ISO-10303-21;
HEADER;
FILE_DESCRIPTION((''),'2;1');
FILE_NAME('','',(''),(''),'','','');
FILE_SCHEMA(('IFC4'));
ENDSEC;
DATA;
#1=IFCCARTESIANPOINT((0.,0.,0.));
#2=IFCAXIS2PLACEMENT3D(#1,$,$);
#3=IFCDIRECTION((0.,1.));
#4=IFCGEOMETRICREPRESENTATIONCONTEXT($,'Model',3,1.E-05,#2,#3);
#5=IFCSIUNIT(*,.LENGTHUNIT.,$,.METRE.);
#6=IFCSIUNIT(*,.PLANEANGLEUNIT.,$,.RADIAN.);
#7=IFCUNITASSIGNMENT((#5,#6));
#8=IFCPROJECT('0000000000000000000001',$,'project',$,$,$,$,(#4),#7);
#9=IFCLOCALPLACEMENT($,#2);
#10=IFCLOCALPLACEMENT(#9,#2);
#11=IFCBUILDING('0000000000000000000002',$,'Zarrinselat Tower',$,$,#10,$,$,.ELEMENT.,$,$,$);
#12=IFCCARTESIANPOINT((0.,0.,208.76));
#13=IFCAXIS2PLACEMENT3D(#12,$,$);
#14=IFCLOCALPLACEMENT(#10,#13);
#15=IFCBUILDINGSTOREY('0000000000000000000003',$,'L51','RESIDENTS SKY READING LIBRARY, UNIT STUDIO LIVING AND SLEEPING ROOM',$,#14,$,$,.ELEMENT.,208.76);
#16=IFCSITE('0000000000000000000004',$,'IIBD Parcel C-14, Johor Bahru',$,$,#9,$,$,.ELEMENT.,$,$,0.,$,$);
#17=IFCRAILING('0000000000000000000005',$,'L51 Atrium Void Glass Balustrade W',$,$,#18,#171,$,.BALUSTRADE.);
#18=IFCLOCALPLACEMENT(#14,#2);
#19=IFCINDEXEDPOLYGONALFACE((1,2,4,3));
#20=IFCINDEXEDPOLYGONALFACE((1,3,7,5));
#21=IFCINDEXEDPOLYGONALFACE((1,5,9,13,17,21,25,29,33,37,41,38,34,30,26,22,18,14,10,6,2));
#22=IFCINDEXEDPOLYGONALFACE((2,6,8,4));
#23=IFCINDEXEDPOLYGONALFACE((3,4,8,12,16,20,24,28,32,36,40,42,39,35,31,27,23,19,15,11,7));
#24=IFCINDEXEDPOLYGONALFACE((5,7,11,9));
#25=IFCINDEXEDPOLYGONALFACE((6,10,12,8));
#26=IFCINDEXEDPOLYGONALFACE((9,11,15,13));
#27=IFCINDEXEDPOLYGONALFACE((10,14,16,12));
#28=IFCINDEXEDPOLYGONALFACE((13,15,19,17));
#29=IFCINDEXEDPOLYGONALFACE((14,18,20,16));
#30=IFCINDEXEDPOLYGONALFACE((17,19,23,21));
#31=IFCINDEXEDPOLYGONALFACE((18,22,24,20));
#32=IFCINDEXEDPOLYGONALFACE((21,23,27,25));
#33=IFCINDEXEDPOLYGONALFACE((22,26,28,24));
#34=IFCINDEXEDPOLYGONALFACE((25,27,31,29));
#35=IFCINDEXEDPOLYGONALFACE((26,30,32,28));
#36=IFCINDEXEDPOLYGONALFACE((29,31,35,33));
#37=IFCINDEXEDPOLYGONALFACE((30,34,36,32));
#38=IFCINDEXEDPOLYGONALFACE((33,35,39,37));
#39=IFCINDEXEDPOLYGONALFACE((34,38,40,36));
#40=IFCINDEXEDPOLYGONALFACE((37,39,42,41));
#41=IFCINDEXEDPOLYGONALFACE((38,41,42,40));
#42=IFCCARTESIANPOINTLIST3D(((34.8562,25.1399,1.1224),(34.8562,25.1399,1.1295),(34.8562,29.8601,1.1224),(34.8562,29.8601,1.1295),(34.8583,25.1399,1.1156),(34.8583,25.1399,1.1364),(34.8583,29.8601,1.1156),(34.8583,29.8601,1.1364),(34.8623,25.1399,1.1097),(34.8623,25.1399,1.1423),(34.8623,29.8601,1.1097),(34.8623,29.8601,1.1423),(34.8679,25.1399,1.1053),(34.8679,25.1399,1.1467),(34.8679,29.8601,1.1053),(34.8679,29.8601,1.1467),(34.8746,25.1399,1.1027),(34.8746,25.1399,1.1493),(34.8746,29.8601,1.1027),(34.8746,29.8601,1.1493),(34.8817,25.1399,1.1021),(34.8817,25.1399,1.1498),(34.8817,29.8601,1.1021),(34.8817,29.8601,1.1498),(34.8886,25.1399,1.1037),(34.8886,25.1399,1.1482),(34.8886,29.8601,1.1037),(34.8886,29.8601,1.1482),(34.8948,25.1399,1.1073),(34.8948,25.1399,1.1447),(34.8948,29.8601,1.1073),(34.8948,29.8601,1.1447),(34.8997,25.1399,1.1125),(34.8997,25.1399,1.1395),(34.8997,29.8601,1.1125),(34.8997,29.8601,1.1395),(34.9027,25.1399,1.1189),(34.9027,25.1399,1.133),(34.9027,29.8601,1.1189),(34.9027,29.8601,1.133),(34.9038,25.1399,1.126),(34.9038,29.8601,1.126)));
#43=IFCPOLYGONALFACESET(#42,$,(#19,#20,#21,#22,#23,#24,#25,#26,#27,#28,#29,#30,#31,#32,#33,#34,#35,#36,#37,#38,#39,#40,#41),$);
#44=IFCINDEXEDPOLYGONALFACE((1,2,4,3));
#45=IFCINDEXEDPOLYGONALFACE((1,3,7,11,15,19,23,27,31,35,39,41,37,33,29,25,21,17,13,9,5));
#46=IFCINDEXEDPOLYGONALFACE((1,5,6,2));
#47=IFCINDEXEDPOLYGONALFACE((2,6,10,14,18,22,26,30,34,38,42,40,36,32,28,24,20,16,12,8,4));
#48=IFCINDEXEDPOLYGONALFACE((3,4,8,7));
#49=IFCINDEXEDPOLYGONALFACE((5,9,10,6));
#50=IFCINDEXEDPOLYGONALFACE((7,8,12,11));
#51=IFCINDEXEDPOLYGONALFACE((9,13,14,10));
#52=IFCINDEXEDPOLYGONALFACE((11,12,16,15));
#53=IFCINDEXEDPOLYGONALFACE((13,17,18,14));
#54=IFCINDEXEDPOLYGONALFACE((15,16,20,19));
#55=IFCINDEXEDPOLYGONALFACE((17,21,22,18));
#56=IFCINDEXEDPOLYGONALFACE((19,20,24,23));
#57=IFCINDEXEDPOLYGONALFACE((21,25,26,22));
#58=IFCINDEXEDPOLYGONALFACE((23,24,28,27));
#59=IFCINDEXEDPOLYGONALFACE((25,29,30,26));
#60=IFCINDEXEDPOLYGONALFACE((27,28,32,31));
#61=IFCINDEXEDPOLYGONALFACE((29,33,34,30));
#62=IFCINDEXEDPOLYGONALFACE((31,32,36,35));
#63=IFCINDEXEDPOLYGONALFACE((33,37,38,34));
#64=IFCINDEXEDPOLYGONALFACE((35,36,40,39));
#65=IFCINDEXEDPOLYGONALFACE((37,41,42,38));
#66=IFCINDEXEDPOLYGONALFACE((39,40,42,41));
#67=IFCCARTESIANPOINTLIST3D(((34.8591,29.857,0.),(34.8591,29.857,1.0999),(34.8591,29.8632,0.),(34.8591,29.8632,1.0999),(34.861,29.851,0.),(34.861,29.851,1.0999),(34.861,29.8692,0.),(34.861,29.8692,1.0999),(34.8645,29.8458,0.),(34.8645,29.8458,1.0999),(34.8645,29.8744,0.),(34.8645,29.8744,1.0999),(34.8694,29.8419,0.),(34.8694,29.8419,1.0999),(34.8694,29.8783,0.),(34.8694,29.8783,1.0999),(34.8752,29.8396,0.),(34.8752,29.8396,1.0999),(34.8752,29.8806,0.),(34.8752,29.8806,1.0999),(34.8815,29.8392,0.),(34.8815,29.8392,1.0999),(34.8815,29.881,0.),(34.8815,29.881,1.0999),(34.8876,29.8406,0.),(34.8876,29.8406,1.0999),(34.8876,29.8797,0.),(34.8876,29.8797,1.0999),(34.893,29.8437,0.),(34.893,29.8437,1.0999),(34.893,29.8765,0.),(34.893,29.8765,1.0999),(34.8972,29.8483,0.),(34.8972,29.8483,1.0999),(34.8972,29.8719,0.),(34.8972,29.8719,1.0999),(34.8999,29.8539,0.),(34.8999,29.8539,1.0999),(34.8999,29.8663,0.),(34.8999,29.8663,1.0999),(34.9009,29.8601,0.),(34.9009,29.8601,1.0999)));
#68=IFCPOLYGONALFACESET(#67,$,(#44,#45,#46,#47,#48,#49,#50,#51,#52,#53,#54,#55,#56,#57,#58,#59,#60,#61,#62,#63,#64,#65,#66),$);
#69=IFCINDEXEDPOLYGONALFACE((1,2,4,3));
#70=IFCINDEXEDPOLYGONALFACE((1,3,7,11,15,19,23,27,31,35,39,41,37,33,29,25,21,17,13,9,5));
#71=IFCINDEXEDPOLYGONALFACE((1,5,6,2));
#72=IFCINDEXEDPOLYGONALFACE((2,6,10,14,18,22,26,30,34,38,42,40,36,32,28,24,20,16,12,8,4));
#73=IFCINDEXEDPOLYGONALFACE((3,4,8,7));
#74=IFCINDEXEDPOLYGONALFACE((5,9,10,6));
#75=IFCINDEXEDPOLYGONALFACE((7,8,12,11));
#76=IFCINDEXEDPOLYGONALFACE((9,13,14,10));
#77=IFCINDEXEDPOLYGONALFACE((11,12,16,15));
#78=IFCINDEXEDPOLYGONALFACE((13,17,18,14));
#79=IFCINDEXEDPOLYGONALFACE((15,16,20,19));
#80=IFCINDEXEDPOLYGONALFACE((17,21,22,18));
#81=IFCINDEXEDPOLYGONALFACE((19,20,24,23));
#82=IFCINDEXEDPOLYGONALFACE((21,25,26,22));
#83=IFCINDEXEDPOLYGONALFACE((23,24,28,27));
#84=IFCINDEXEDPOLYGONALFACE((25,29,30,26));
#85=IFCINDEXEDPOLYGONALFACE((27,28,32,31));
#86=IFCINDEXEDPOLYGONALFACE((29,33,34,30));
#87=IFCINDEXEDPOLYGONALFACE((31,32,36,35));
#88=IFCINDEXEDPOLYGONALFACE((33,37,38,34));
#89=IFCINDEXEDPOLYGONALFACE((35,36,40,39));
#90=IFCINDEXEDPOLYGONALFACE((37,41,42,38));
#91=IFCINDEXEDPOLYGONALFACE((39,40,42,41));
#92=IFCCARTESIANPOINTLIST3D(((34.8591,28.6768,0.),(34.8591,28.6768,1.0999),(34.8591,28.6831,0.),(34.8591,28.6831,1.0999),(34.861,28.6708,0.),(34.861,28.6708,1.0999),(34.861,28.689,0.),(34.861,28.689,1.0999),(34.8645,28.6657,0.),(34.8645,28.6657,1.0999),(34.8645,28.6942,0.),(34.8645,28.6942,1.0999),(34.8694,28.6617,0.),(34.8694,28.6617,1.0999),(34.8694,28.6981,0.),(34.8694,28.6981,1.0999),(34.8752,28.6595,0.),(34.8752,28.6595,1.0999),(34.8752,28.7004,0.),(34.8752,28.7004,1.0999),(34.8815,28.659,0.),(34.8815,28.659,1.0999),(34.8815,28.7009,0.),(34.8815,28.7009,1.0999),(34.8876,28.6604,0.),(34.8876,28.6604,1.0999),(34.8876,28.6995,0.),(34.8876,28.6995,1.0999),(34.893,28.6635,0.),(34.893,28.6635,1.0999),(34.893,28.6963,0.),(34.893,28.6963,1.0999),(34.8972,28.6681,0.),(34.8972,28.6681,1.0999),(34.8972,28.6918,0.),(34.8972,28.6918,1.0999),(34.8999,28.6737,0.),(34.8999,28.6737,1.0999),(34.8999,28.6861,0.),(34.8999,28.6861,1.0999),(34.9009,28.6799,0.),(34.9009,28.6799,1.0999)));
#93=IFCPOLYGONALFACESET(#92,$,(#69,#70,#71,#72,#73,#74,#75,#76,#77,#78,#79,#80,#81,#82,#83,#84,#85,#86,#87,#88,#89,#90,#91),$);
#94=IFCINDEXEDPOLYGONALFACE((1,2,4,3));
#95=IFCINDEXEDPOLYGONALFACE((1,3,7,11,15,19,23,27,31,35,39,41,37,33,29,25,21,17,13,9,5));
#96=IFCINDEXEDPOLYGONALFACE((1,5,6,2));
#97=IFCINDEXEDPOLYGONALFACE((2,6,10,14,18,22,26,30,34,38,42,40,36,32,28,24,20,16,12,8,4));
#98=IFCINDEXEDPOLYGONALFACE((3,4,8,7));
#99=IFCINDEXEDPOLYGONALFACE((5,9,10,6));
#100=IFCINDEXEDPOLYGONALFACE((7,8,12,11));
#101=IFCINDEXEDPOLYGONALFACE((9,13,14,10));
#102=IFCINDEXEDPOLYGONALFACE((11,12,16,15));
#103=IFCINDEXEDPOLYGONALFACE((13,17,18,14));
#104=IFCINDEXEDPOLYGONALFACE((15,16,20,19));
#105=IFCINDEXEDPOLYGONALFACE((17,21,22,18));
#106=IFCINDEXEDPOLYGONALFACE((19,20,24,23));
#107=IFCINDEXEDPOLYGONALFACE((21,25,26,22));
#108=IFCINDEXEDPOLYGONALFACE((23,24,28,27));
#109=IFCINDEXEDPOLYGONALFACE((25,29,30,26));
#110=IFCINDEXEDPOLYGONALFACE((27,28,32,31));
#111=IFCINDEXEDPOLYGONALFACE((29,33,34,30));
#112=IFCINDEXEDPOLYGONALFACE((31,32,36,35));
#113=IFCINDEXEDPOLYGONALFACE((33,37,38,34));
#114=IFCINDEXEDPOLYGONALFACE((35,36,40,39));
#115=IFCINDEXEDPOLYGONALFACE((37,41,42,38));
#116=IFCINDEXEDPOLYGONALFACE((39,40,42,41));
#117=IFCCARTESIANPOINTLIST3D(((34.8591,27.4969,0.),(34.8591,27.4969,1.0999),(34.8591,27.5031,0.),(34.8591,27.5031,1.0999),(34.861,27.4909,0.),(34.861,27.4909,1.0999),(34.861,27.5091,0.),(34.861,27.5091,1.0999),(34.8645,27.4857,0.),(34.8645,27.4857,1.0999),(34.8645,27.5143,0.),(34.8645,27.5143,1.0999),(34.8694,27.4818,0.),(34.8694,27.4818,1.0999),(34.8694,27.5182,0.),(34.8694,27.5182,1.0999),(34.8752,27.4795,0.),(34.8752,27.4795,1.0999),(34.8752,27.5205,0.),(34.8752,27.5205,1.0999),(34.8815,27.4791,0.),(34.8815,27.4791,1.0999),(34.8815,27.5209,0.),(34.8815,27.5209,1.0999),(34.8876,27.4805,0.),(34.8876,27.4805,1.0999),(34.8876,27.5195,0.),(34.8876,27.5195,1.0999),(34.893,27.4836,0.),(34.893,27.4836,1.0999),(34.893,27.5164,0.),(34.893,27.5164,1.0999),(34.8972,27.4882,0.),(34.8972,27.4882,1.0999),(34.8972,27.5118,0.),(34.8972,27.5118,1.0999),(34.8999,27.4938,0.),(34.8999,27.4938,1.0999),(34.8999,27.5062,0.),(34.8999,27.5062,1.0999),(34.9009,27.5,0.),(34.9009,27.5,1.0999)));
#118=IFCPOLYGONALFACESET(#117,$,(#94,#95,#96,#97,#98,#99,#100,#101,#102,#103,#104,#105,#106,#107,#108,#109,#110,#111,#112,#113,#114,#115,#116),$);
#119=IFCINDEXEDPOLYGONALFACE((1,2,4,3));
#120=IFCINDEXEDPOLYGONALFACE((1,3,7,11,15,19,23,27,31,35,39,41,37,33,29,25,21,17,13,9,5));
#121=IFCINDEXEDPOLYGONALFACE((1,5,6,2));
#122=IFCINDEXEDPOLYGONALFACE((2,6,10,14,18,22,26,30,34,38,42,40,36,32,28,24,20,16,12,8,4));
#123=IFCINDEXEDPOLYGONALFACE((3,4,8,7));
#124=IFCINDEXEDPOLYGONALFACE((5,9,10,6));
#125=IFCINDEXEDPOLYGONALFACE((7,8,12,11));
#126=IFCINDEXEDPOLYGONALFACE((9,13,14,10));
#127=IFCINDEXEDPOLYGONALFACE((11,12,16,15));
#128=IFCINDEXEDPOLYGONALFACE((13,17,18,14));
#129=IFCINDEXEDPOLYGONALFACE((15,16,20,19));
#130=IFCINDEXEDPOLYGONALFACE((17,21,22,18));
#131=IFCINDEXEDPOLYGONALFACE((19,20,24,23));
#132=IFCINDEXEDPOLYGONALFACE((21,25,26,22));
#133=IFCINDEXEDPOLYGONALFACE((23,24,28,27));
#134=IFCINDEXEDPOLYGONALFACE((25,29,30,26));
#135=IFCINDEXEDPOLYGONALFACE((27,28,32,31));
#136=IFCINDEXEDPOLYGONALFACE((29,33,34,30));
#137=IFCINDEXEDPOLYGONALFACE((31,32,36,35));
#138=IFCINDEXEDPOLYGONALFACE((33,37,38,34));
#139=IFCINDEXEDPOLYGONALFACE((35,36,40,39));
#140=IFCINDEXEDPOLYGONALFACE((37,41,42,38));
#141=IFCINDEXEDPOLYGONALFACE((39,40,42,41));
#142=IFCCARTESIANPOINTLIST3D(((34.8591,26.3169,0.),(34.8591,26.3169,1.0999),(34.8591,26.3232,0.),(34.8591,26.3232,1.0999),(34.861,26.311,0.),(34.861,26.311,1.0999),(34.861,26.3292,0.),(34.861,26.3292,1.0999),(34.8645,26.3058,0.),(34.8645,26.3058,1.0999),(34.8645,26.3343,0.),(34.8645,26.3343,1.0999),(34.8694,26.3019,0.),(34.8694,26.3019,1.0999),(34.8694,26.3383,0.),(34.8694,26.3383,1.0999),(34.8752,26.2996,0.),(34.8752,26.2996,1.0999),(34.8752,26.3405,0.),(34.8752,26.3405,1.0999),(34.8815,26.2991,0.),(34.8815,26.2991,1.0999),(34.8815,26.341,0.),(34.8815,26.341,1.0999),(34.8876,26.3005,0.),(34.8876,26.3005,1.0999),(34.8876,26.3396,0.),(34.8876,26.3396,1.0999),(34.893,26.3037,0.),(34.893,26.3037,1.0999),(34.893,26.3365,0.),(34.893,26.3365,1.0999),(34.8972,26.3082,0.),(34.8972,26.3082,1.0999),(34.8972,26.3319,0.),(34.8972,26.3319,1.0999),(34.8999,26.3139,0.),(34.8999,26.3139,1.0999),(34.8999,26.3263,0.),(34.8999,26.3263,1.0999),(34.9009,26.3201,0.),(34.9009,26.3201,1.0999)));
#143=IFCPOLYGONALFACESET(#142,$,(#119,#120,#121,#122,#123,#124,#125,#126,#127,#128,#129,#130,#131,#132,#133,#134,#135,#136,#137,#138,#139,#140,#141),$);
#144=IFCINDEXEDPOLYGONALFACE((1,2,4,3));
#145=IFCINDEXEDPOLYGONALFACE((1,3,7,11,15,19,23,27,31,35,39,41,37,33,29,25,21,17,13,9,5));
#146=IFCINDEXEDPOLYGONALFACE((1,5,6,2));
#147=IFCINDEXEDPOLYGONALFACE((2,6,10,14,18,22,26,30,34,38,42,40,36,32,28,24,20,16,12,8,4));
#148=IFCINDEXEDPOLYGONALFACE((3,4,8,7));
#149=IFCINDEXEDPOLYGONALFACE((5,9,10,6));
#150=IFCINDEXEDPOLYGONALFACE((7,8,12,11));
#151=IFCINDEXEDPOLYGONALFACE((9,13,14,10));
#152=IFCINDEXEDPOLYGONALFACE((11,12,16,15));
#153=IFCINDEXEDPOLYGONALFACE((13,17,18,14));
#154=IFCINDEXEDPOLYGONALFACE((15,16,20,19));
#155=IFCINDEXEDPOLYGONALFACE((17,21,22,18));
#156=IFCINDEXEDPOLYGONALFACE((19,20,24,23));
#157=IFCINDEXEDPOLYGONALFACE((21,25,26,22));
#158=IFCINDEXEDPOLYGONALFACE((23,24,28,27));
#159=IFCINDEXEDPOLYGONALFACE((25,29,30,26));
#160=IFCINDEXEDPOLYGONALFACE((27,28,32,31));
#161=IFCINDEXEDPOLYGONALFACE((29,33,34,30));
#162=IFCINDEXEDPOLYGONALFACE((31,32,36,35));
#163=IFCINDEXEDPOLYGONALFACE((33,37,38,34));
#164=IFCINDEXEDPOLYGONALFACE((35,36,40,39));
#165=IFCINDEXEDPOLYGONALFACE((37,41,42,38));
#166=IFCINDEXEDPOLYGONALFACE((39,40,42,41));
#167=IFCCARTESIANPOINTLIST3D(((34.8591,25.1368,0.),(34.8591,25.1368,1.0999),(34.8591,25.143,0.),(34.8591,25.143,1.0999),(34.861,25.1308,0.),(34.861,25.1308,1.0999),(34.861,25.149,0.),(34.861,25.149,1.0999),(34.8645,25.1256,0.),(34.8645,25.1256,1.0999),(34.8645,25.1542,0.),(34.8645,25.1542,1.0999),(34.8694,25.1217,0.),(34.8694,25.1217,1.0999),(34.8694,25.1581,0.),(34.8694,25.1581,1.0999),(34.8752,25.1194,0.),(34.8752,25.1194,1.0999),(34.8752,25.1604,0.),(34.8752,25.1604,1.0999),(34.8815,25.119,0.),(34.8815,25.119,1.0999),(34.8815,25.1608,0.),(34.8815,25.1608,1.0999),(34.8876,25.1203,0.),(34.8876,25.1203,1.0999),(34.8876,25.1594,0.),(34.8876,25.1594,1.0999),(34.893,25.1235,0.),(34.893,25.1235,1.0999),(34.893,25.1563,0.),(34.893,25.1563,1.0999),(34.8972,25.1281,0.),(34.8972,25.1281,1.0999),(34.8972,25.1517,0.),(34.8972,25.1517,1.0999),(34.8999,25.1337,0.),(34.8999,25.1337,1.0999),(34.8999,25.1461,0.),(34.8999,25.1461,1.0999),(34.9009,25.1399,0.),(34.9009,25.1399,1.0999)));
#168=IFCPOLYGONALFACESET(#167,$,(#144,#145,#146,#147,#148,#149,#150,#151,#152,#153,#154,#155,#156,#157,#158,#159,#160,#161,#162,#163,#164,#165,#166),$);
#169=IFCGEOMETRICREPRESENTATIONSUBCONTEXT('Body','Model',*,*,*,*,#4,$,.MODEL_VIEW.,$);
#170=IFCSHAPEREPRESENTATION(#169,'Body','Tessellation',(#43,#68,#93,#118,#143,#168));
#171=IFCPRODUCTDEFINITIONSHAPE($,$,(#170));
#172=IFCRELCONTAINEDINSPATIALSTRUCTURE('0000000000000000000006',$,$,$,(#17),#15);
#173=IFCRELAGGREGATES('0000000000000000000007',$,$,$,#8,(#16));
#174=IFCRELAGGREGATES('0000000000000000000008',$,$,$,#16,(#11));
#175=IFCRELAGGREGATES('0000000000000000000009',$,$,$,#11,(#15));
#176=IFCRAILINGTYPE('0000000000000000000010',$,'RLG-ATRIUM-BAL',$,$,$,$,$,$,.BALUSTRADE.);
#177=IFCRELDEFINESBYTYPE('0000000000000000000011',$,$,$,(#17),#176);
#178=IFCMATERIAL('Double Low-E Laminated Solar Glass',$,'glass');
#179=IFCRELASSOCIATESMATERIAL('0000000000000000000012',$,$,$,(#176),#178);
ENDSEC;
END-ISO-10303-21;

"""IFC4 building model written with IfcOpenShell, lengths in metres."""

from ifc_helpers import new_model, si_unit, direction, frame, origin, origin_2d, place, context, subcontext, project, spatial, circle, extrude, material, type_object, element, save


model = new_model("IFC4")

# Units and contexts
model_context = context("Model", 3, precision=1e-05, world=origin(), true_north=direction((0.0, 1.0)))
body_context = subcontext(model_context, "Body", "Model", "MODEL_VIEW")
ifc_project = project(units=[si_unit("LENGTHUNIT", "METRE"), si_unit("PLANEANGLEUNIT", "RADIAN")], contexts=[model_context])

# Site, building, storey
site_placement = place(None, origin())
site = spatial("IfcSite", under=ifc_project, at=site_placement, Name="IIBD Parcel C-14, Johor Bahru", CompositionType="ELEMENT", RefElevation=0.0)
building_placement = place(site_placement, origin())
building = spatial("IfcBuilding", under=site, at=building_placement, Name="Zarrinselat Tower", CompositionType="ELEMENT")
storey_placement = place(building_placement, frame((0.0, 0.0, 208.76)))
storey = spatial("IfcBuildingStorey", under=building, at=storey_placement, Name="L51", Description="RESIDENTS SKY READING LIBRARY, UNIT STUDIO LIVING AND SLEEPING ROOM", CompositionType="ELEMENT", Elevation=208.76)

# Railing
ifc_material_1 = material(Name="Double Low-E Laminated Solar Glass", Category="glass")
railing_type = type_object("IfcRailingType", Name="RLG-ATRIUM-BAL", PredefinedType="BALUSTRADE", material=ifc_material_1)
railing_placement = place(storey_placement, frame((34.8799, 29.8601, 0.0)))
element("IfcRailing", 1, at=railing_placement, inside=storey, type_object=railing_type, Name="L51 Atrium Void Glass Balustrade W", PredefinedType="BALUSTRADE", context=body_context, shape_type="SweptSolid", body=[
    extrude(circle(Radius=0.0239, at=origin_2d()), frame((0.0, 0.0, 1.126), z_axis=(0.0, -1.0, 0.0), x_axis=(1.0, 0.0, 0.0)), (0.0, 0.0, 1.0), 4.7202),
    extrude(circle(Radius=0.021, at=origin_2d()), origin(), (0.0, 0.0, 1.0), 1.0999),
    extrude(circle(Radius=0.021, at=origin_2d()), frame((0.0, -1.1802, 0.0)), (0.0, 0.0, 1.0), 1.0999),
    extrude(circle(Radius=0.021, at=origin_2d()), frame((0.0, -2.3601, 0.0)), (0.0, 0.0, 1.0), 1.0999),
    extrude(circle(Radius=0.021, at=origin_2d()), frame((0.0, -3.54, 0.0)), (0.0, 0.0, 1.0), 1.0999),
    extrude(circle(Radius=0.021, at=origin_2d()), frame((0.0, -4.7202, 0.0)), (0.0, 0.0, 1.0), 1.0999),
])

save(model, "model.ifc")
